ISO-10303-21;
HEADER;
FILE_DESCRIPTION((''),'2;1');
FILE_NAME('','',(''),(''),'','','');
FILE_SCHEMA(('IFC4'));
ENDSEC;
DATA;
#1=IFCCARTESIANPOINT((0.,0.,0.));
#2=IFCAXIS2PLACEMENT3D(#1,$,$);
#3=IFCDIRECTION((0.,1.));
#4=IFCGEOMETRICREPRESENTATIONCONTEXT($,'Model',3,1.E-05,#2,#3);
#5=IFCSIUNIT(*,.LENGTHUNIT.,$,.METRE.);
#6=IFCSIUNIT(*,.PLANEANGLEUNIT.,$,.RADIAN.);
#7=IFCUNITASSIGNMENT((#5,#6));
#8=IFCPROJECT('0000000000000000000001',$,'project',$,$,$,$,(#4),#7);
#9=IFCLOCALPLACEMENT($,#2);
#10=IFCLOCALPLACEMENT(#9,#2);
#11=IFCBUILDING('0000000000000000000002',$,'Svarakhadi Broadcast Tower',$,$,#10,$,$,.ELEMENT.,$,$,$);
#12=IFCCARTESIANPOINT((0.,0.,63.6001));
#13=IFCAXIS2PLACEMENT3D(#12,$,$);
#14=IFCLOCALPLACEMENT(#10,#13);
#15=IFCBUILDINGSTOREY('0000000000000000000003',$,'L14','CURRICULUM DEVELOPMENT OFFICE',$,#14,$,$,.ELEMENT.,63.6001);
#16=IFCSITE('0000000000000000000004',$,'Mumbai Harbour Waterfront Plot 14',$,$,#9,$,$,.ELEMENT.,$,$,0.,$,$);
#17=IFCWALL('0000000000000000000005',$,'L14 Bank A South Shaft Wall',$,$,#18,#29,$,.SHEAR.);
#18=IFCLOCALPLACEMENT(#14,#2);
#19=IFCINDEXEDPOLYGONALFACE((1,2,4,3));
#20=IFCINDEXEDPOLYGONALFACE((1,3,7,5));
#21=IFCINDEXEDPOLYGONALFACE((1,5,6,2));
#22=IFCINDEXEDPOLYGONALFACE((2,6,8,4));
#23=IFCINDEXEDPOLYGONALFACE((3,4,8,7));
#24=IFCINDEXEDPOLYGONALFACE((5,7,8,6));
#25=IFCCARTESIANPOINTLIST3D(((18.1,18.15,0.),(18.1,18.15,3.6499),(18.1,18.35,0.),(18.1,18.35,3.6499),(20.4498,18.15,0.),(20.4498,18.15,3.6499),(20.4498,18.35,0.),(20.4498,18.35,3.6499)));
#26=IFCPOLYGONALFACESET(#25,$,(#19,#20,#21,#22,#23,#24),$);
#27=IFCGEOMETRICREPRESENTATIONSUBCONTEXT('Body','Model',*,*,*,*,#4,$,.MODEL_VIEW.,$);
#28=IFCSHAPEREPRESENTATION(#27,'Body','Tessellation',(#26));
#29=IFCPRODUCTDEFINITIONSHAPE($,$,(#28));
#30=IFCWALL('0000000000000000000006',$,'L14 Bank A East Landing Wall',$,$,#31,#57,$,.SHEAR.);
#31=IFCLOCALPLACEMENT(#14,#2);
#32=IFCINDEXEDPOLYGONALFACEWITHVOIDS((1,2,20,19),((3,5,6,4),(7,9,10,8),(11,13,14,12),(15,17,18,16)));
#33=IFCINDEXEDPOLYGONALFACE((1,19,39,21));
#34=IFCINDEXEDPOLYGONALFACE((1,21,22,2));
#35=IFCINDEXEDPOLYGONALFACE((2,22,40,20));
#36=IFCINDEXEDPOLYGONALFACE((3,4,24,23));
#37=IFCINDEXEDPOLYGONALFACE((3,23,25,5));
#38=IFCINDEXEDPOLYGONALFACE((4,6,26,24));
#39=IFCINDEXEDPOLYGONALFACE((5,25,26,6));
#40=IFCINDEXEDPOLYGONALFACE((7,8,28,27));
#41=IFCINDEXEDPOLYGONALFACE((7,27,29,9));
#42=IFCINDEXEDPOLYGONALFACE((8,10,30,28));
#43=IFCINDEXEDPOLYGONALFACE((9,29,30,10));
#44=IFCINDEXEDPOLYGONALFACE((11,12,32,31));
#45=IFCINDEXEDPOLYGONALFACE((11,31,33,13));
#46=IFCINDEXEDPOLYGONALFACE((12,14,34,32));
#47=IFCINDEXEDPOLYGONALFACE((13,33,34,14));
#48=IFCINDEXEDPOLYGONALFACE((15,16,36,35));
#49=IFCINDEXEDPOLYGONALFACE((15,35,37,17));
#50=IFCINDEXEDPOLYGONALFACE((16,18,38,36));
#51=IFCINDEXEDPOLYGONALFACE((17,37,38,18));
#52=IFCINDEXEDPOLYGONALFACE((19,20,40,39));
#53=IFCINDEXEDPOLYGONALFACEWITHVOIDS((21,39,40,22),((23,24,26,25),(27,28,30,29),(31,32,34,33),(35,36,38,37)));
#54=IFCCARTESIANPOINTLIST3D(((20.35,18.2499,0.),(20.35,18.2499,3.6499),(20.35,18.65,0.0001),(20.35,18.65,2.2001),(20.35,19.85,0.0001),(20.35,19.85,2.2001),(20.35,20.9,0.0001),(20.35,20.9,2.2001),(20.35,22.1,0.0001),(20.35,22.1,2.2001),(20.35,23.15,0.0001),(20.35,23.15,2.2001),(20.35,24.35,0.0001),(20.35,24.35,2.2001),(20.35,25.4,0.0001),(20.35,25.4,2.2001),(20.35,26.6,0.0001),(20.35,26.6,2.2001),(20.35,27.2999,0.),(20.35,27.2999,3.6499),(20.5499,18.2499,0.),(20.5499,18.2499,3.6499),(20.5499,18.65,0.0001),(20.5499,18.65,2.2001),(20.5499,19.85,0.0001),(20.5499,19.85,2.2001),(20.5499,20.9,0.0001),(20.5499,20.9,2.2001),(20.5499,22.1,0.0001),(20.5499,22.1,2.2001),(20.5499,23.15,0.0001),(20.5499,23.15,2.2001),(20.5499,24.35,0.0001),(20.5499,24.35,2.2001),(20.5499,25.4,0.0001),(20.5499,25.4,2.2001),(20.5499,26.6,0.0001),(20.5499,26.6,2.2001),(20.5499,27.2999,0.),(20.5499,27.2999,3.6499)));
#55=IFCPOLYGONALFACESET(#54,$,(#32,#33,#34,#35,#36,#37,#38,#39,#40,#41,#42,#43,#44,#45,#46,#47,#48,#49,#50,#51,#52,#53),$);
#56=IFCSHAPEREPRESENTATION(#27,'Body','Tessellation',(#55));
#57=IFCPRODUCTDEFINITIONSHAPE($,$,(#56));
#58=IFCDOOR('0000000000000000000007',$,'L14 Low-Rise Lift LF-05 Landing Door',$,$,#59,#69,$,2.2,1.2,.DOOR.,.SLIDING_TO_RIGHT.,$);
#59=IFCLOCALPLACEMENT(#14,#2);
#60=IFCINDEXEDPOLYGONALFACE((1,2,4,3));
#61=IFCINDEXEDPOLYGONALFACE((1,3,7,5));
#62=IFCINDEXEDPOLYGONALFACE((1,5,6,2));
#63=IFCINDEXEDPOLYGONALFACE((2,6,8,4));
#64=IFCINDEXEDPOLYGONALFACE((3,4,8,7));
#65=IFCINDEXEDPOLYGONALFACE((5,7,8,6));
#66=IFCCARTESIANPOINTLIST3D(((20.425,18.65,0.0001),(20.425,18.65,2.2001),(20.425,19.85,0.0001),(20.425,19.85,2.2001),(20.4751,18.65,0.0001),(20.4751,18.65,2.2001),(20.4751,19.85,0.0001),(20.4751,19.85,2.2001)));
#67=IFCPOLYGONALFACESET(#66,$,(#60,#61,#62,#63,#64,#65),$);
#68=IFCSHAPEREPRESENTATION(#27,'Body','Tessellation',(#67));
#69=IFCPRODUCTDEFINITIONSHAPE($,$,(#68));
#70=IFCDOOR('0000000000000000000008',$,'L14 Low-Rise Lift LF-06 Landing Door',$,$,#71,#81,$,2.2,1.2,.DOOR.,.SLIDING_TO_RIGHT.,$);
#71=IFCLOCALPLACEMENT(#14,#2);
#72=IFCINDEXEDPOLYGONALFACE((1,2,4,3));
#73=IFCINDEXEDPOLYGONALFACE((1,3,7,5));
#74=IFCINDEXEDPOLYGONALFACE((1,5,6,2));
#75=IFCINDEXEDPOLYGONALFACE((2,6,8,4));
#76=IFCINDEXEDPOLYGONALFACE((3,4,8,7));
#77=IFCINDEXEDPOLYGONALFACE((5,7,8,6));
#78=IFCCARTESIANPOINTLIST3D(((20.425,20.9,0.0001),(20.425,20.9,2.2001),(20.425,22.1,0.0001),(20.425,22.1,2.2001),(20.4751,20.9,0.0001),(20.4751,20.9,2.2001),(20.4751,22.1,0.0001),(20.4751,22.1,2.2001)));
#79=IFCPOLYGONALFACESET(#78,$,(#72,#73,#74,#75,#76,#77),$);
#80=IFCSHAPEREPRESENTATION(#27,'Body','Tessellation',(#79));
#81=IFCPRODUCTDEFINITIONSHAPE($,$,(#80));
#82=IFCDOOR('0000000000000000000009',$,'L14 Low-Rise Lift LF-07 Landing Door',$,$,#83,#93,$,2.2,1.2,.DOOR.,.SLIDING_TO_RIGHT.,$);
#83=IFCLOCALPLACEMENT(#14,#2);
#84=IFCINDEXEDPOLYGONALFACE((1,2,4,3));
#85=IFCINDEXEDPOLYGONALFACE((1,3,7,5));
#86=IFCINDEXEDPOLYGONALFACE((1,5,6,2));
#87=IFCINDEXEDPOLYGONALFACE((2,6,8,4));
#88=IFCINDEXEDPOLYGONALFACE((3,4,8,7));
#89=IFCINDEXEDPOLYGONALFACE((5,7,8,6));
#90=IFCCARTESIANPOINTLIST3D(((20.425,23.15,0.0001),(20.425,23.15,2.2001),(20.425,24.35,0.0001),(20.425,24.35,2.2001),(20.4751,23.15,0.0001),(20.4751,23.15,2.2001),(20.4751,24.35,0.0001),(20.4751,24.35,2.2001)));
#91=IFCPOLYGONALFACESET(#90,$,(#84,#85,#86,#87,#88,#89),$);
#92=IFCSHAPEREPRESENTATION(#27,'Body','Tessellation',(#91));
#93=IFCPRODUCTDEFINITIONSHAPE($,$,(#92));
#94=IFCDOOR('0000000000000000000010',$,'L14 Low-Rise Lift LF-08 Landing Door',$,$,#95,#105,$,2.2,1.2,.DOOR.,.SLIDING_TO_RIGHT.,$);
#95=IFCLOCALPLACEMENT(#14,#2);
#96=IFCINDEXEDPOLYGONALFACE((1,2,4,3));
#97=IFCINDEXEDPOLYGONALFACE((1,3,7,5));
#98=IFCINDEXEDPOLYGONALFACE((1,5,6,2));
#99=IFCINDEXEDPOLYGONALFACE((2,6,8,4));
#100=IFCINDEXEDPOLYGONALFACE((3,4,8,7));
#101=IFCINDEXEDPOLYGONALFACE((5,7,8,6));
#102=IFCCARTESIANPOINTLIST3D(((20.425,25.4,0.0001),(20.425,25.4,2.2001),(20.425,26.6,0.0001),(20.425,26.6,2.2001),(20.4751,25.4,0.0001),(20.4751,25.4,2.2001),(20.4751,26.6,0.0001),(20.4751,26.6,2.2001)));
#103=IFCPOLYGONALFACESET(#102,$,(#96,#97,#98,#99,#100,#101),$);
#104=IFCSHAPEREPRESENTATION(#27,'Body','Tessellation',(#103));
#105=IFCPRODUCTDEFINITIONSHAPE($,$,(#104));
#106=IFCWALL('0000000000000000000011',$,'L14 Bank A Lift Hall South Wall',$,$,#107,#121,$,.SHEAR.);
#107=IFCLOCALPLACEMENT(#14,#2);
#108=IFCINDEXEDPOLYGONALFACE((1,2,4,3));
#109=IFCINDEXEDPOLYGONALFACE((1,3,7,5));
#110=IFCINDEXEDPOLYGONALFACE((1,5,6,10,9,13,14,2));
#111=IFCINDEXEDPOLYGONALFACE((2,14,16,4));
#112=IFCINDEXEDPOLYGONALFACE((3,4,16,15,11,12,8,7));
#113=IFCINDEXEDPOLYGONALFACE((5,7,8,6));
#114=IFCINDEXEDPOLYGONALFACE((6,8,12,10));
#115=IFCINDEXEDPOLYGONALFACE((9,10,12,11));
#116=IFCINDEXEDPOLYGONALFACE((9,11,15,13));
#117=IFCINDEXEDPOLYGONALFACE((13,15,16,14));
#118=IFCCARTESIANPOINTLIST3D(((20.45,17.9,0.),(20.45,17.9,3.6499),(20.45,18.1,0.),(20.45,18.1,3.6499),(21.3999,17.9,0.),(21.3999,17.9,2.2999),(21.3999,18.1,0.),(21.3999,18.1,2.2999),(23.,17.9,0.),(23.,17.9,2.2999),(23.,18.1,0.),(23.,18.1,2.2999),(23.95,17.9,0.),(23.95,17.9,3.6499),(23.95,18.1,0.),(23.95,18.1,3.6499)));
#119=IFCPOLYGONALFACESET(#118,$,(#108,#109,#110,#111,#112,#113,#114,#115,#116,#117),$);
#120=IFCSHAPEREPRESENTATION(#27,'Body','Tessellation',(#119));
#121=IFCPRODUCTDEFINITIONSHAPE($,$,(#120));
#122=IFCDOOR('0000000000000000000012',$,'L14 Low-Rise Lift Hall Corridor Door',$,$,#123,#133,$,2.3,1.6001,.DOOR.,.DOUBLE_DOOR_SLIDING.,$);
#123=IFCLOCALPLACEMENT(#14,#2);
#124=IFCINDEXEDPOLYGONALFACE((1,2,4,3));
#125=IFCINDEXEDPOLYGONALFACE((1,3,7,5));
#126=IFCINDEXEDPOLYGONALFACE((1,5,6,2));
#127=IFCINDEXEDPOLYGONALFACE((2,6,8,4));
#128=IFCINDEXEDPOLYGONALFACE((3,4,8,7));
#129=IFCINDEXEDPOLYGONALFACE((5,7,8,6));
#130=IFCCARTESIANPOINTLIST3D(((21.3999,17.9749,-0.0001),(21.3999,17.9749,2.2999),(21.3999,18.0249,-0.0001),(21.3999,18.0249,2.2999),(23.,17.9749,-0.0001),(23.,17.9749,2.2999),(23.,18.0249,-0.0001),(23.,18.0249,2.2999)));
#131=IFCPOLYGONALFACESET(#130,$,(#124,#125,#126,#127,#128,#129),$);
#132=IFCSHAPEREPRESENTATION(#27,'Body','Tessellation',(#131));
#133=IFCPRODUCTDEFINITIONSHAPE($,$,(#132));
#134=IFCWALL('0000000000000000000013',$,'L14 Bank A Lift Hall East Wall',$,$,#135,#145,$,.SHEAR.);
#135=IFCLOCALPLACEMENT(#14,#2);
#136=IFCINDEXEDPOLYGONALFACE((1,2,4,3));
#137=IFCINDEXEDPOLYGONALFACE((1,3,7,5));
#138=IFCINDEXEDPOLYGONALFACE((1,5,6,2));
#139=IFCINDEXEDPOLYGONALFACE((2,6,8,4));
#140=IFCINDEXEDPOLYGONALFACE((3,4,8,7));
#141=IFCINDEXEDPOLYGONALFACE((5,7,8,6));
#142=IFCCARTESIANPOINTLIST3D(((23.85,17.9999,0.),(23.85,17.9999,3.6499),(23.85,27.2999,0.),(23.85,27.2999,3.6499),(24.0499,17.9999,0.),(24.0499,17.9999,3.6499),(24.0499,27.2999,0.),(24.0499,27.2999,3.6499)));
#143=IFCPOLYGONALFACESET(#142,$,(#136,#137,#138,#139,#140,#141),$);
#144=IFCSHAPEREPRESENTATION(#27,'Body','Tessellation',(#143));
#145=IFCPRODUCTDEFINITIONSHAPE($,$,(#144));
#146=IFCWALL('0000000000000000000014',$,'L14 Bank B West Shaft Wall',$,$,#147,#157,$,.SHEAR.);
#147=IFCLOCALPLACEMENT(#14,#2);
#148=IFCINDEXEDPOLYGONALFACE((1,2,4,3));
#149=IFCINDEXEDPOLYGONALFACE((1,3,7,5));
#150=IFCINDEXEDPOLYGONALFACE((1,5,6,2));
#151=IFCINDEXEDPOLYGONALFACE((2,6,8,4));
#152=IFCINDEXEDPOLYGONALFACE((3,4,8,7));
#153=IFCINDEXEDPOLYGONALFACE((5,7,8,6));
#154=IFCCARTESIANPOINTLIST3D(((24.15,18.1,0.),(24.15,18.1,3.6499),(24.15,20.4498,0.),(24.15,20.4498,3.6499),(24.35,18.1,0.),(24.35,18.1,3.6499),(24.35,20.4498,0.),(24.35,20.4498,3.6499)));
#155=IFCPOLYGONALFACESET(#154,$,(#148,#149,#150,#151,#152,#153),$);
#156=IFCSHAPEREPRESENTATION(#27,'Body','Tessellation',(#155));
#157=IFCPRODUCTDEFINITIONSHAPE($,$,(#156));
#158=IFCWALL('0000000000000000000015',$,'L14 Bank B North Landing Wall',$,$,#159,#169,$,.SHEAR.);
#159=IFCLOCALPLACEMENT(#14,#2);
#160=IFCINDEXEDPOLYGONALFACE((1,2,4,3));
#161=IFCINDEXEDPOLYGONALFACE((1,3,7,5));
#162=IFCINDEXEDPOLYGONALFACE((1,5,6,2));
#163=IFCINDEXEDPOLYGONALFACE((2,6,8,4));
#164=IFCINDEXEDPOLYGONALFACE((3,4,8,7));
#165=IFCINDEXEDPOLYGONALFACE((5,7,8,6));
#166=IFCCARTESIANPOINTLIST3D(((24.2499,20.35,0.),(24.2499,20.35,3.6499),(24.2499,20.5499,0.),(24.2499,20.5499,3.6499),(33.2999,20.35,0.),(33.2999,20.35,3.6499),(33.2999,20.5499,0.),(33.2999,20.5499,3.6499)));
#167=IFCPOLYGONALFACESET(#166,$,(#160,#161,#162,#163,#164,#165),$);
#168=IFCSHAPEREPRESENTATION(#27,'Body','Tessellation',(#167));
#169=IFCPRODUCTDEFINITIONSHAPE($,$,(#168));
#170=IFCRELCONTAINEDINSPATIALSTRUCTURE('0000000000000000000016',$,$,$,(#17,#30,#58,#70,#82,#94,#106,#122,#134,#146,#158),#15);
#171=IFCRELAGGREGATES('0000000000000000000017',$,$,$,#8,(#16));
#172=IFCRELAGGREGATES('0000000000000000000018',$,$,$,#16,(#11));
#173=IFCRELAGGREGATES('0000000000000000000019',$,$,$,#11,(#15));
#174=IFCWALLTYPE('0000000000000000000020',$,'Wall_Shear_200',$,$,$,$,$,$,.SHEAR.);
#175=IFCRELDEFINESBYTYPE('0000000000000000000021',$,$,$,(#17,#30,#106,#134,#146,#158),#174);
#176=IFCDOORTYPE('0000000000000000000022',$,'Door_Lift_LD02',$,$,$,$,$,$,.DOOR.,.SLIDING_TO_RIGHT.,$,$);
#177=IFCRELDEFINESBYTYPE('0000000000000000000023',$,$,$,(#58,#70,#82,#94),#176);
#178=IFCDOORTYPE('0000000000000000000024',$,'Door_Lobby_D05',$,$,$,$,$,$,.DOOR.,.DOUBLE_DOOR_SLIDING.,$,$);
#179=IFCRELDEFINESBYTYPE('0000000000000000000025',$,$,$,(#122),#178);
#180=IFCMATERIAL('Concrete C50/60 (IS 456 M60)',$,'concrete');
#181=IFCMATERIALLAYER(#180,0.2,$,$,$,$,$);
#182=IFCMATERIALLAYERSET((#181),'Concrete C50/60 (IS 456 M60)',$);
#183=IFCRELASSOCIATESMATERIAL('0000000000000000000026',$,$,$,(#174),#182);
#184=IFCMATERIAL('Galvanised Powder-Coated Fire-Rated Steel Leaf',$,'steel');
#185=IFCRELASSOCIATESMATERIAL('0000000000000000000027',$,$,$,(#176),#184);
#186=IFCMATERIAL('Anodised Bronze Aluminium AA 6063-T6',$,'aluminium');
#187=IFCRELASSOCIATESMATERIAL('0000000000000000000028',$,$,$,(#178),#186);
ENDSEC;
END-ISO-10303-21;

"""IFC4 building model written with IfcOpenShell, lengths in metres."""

from ifc_helpers import new_model, si_unit, direction, frame, frame_2d, origin, place, context, subcontext, project, spatial, rectangle, extrude, material, layer, layer_set, type_object, element, fill, save


model = new_model("IFC4")

# Units and contexts
model_context = context("Model", 3, precision=1e-05, world=origin(), true_north=direction((0.0, 1.0)))
body_context = subcontext(model_context, "Body", "Model", "MODEL_VIEW")
ifc_project = project(units=[si_unit("LENGTHUNIT", "METRE"), si_unit("PLANEANGLEUNIT", "RADIAN")], contexts=[model_context])

# Site, building, storey
site_placement = place(None, origin())
site = spatial("IfcSite", under=ifc_project, at=site_placement, Name="Mumbai Harbour Waterfront Plot 14", CompositionType="ELEMENT", RefElevation=0.0)
building_placement = place(site_placement, origin())
building = spatial("IfcBuilding", under=site, at=building_placement, Name="Svarakhadi Broadcast Tower", CompositionType="ELEMENT")
storey_placement = place(building_placement, frame((0.0, 0.0, 63.6001)))
storey = spatial("IfcBuildingStorey", under=building, at=storey_placement, Name="L14", Description="CURRICULUM DEVELOPMENT OFFICE", CompositionType="ELEMENT", Elevation=63.6001)

# Shared definitions
ifc_material_1 = material(Name="Concrete C50/60 (IS 456 M60)", Category="concrete")
ifc_layer_1 = layer(ifc_material_1, 0.2)
ifc_layer_set_1 = layer_set([ifc_layer_1], Name="Concrete C50/60 (IS 456 M60)")
wall_type_1 = type_object("IfcWallType", Name="Wall_Shear_200", PredefinedType="SHEAR", material=ifc_layer_set_1)
ifc_material_2 = material(Name="Galvanised Powder-Coated Fire-Rated Steel Leaf", Category="steel")

# Wall
wall_1_placement = place(storey_placement, frame((18.1001, 18.25, 0.0), z_axis=(0.0, 0.0, 1.0), x_axis=(1.0, 0.0, 0.0)))
element("IfcWall", 1, at=wall_1_placement, inside=storey, type_object=wall_type_1, Name="L14 Bank A South Shaft Wall", PredefinedType="SHEAR", context=body_context, shape_type="SweptSolid", body=[
    extrude(rectangle(XDim=2.3499, YDim=0.2, at=frame_2d((1.1748, 0.0))), origin(), (0.0, 0.0, 1.0), 3.6499),
])

# Wall, openings, doors
wall_2_placement = place(storey_placement, frame((20.45, 18.25, 0.0), z_axis=(0.0, 0.0, 1.0), x_axis=(0.0, 1.0, 0.0)))
wall_2 = element("IfcWall", 2, at=wall_2_placement, inside=storey, type_object=wall_type_1, Name="L14 Bank A East Landing Wall", PredefinedType="SHEAR", context=body_context, shape_type="SweptSolid", body=[
    extrude(rectangle(XDim=9.05, YDim=0.2, at=frame_2d((4.5249, 0.0))), origin(), (0.0, 0.0, 1.0), 3.6499),
])
opening_1_placement = place(wall_2_placement, frame((0.3999, 0.0, 0.0)))
opening_1 = element("IfcOpeningElement", 3, at=opening_1_placement, cuts=wall_2, PredefinedType="OPENING", context=body_context, shape_type="SweptSolid", body=[
    extrude(rectangle(XDim=1.2, YDim=2.2, at=frame_2d((0.6001, 1.1001))), frame((0.0, 0.1099, 0.0), z_axis=(0.0, -1.0, 0.0), x_axis=(1.0, 0.0, 0.0)), (0.0, 0.0, 1.0), 0.22),
])
opening_2_placement = place(wall_2_placement, frame((2.6499, 0.0, 0.0)))
opening_2 = element("IfcOpeningElement", 4, at=opening_2_placement, cuts=wall_2, PredefinedType="OPENING", context=body_context, shape_type="SweptSolid", body=[
    extrude(rectangle(XDim=1.2, YDim=2.2, at=frame_2d((0.6001, 1.1001))), frame((0.0, 0.1099, 0.0), z_axis=(0.0, -1.0, 0.0), x_axis=(1.0, 0.0, 0.0)), (0.0, 0.0, 1.0), 0.22),
])
opening_3_placement = place(wall_2_placement, frame((4.8999, 0.0, 0.0)))
opening_3 = element("IfcOpeningElement", 5, at=opening_3_placement, cuts=wall_2, PredefinedType="OPENING", context=body_context, shape_type="SweptSolid", body=[
    extrude(rectangle(XDim=1.2, YDim=2.2, at=frame_2d((0.6001, 1.1001))), frame((0.0, 0.1099, 0.0), z_axis=(0.0, -1.0, 0.0), x_axis=(1.0, 0.0, 0.0)), (0.0, 0.0, 1.0), 0.22),
])
opening_4_placement = place(wall_2_placement, frame((7.1499, 0.0, 0.0)))
opening_4 = element("IfcOpeningElement", 6, at=opening_4_placement, cuts=wall_2, PredefinedType="OPENING", context=body_context, shape_type="SweptSolid", body=[
    extrude(rectangle(XDim=1.2, YDim=2.2, at=frame_2d((0.6001, 1.1001))), frame((0.0, 0.1099, 0.0), z_axis=(0.0, -1.0, 0.0), x_axis=(1.0, 0.0, 0.0)), (0.0, 0.0, 1.0), 0.22),
])
door_type_1 = type_object("IfcDoorType", Name="Door_Lift_LD02", OperationType="SLIDING_TO_RIGHT", PredefinedType="DOOR", material=ifc_material_2)
door_1_placement = place(opening_1_placement, origin())
door_1 = element("IfcDoor", 7, at=door_1_placement, inside=storey, type_object=door_type_1, Name="L14 Low-Rise Lift LF-05 Landing Door", OperationType="SLIDING_TO_RIGHT", OverallHeight=2.2, OverallWidth=1.2, PredefinedType="DOOR", context=body_context, shape_type="SweptSolid", body=[
    extrude(rectangle(XDim=1.2, YDim=2.2, at=frame_2d((0.6001, 1.1001))), frame((0.0, 0.0249, 0.0), z_axis=(0.0, -1.0, 0.0), x_axis=(1.0, 0.0, 0.0)), (0.0, 0.0, 1.0), 0.05),
])
fill(opening_1, door_1)
door_2_placement = place(opening_2_placement, origin())
door_2 = element("IfcDoor", 8, at=door_2_placement, inside=storey, type_object=door_type_1, Name="L14 Low-Rise Lift LF-06 Landing Door", OperationType="SLIDING_TO_RIGHT", OverallHeight=2.2, OverallWidth=1.2, PredefinedType="DOOR", context=body_context, shape_type="SweptSolid", body=[
    extrude(rectangle(XDim=1.2, YDim=2.2, at=frame_2d((0.6001, 1.1001))), frame((0.0, 0.0249, 0.0), z_axis=(0.0, -1.0, 0.0), x_axis=(1.0, 0.0, 0.0)), (0.0, 0.0, 1.0), 0.05),
])
fill(opening_2, door_2)
door_3_placement = place(opening_3_placement, origin())
door_3 = element("IfcDoor", 9, at=door_3_placement, inside=storey, type_object=door_type_1, Name="L14 Low-Rise Lift LF-07 Landing Door", OperationType="SLIDING_TO_RIGHT", OverallHeight=2.2, OverallWidth=1.2, PredefinedType="DOOR", context=body_context, shape_type="SweptSolid", body=[
    extrude(rectangle(XDim=1.2, YDim=2.2, at=frame_2d((0.6001, 1.1001))), frame((0.0, 0.0249, 0.0), z_axis=(0.0, -1.0, 0.0), x_axis=(1.0, 0.0, 0.0)), (0.0, 0.0, 1.0), 0.05),
])
fill(opening_3, door_3)
door_4_placement = place(opening_4_placement, origin())
door_4 = element("IfcDoor", 10, at=door_4_placement, inside=storey, type_object=door_type_1, Name="L14 Low-Rise Lift LF-08 Landing Door", OperationType="SLIDING_TO_RIGHT", OverallHeight=2.2, OverallWidth=1.2, PredefinedType="DOOR", context=body_context, shape_type="SweptSolid", body=[
    extrude(rectangle(XDim=1.2, YDim=2.2, at=frame_2d((0.6001, 1.1001))), frame((0.0, 0.0249, 0.0), z_axis=(0.0, -1.0, 0.0), x_axis=(1.0, 0.0, 0.0)), (0.0, 0.0, 1.0), 0.05),
])
fill(opening_4, door_4)

# Wall, opening, door
wall_3_placement = place(storey_placement, frame((20.45, 18.0, 0.0), z_axis=(0.0, 0.0, 1.0), x_axis=(1.0, 0.0, 0.0)))
wall_3 = element("IfcWall", 11, at=wall_3_placement, inside=storey, type_object=wall_type_1, Name="L14 Bank A Lift Hall South Wall", PredefinedType="SHEAR", context=body_context, shape_type="SweptSolid", body=[
    extrude(rectangle(XDim=3.5, YDim=0.2, at=frame_2d((1.75, 0.0))), origin(), (0.0, 0.0, 1.0), 3.6499),
])
opening_5_placement = place(wall_3_placement, frame((0.95, 0.0, 0.0)))
opening_5 = element("IfcOpeningElement", 12, at=opening_5_placement, cuts=wall_3, PredefinedType="OPENING", context=body_context, shape_type="SweptSolid", body=[
    extrude(rectangle(XDim=1.6001, YDim=2.3, at=frame_2d((0.8, 1.1499))), frame((0.0, 0.1099, 0.0), z_axis=(0.0, -1.0, 0.0), x_axis=(1.0, 0.0, 0.0)), (0.0, 0.0, 1.0), 0.22),
])
ifc_material_3 = material(Name="Anodised Bronze Aluminium AA 6063-T6", Category="aluminium")
door_type_2 = type_object("IfcDoorType", Name="Door_Lobby_D05", OperationType="DOUBLE_DOOR_SLIDING", PredefinedType="DOOR", material=ifc_material_3)
door_5_placement = place(opening_5_placement, origin())
door_5 = element("IfcDoor", 13, at=door_5_placement, inside=storey, type_object=door_type_2, Name="L14 Low-Rise Lift Hall Corridor Door", OperationType="DOUBLE_DOOR_SLIDING", OverallHeight=2.3, OverallWidth=1.6001, PredefinedType="DOOR", context=body_context, shape_type="SweptSolid", body=[
    extrude(rectangle(XDim=1.6001, YDim=2.3, at=frame_2d((0.8, 1.1499))), frame((0.0, 0.0249, 0.0), z_axis=(0.0, -1.0, 0.0), x_axis=(1.0, 0.0, 0.0)), (0.0, 0.0, 1.0), 0.05),
])
fill(opening_5, door_5)

# Walls
wall_4_placement = place(storey_placement, frame((23.95, 18.0, 0.0), z_axis=(0.0, 0.0, 1.0), x_axis=(0.0, 1.0, 0.0)))
element("IfcWall", 14, at=wall_4_placement, inside=storey, type_object=wall_type_1, Name="L14 Bank A Lift Hall East Wall", PredefinedType="SHEAR", context=body_context, shape_type="SweptSolid", body=[
    extrude(rectangle(XDim=9.3, YDim=0.2, at=frame_2d((4.6499, 0.0))), origin(), (0.0, 0.0, 1.0), 3.6499),
])
wall_5_placement = place(storey_placement, frame((24.25, 18.1001, 0.0), z_axis=(0.0, 0.0, 1.0), x_axis=(0.0, 1.0, 0.0)))
element("IfcWall", 15, at=wall_5_placement, inside=storey, type_object=wall_type_1, Name="L14 Bank B West Shaft Wall", PredefinedType="SHEAR", context=body_context, shape_type="SweptSolid", body=[
    extrude(rectangle(XDim=2.3499, YDim=0.2, at=frame_2d((1.1748, 0.0))), origin(), (0.0, 0.0, 1.0), 3.6499),
])
wall_6_placement = place(storey_placement, frame((24.25, 20.45, 0.0), z_axis=(0.0, 0.0, 1.0), x_axis=(1.0, 0.0, 0.0)))
element("IfcWall", 16, at=wall_6_placement, inside=storey, type_object=wall_type_1, Name="L14 Bank B North Landing Wall", PredefinedType="SHEAR", context=body_context, shape_type="SweptSolid", body=[
    extrude(rectangle(XDim=9.05, YDim=0.2, at=frame_2d((4.5249, 0.0))), origin(), (0.0, 0.0, 1.0), 3.6499),
])

save(model, "model.ifc")
